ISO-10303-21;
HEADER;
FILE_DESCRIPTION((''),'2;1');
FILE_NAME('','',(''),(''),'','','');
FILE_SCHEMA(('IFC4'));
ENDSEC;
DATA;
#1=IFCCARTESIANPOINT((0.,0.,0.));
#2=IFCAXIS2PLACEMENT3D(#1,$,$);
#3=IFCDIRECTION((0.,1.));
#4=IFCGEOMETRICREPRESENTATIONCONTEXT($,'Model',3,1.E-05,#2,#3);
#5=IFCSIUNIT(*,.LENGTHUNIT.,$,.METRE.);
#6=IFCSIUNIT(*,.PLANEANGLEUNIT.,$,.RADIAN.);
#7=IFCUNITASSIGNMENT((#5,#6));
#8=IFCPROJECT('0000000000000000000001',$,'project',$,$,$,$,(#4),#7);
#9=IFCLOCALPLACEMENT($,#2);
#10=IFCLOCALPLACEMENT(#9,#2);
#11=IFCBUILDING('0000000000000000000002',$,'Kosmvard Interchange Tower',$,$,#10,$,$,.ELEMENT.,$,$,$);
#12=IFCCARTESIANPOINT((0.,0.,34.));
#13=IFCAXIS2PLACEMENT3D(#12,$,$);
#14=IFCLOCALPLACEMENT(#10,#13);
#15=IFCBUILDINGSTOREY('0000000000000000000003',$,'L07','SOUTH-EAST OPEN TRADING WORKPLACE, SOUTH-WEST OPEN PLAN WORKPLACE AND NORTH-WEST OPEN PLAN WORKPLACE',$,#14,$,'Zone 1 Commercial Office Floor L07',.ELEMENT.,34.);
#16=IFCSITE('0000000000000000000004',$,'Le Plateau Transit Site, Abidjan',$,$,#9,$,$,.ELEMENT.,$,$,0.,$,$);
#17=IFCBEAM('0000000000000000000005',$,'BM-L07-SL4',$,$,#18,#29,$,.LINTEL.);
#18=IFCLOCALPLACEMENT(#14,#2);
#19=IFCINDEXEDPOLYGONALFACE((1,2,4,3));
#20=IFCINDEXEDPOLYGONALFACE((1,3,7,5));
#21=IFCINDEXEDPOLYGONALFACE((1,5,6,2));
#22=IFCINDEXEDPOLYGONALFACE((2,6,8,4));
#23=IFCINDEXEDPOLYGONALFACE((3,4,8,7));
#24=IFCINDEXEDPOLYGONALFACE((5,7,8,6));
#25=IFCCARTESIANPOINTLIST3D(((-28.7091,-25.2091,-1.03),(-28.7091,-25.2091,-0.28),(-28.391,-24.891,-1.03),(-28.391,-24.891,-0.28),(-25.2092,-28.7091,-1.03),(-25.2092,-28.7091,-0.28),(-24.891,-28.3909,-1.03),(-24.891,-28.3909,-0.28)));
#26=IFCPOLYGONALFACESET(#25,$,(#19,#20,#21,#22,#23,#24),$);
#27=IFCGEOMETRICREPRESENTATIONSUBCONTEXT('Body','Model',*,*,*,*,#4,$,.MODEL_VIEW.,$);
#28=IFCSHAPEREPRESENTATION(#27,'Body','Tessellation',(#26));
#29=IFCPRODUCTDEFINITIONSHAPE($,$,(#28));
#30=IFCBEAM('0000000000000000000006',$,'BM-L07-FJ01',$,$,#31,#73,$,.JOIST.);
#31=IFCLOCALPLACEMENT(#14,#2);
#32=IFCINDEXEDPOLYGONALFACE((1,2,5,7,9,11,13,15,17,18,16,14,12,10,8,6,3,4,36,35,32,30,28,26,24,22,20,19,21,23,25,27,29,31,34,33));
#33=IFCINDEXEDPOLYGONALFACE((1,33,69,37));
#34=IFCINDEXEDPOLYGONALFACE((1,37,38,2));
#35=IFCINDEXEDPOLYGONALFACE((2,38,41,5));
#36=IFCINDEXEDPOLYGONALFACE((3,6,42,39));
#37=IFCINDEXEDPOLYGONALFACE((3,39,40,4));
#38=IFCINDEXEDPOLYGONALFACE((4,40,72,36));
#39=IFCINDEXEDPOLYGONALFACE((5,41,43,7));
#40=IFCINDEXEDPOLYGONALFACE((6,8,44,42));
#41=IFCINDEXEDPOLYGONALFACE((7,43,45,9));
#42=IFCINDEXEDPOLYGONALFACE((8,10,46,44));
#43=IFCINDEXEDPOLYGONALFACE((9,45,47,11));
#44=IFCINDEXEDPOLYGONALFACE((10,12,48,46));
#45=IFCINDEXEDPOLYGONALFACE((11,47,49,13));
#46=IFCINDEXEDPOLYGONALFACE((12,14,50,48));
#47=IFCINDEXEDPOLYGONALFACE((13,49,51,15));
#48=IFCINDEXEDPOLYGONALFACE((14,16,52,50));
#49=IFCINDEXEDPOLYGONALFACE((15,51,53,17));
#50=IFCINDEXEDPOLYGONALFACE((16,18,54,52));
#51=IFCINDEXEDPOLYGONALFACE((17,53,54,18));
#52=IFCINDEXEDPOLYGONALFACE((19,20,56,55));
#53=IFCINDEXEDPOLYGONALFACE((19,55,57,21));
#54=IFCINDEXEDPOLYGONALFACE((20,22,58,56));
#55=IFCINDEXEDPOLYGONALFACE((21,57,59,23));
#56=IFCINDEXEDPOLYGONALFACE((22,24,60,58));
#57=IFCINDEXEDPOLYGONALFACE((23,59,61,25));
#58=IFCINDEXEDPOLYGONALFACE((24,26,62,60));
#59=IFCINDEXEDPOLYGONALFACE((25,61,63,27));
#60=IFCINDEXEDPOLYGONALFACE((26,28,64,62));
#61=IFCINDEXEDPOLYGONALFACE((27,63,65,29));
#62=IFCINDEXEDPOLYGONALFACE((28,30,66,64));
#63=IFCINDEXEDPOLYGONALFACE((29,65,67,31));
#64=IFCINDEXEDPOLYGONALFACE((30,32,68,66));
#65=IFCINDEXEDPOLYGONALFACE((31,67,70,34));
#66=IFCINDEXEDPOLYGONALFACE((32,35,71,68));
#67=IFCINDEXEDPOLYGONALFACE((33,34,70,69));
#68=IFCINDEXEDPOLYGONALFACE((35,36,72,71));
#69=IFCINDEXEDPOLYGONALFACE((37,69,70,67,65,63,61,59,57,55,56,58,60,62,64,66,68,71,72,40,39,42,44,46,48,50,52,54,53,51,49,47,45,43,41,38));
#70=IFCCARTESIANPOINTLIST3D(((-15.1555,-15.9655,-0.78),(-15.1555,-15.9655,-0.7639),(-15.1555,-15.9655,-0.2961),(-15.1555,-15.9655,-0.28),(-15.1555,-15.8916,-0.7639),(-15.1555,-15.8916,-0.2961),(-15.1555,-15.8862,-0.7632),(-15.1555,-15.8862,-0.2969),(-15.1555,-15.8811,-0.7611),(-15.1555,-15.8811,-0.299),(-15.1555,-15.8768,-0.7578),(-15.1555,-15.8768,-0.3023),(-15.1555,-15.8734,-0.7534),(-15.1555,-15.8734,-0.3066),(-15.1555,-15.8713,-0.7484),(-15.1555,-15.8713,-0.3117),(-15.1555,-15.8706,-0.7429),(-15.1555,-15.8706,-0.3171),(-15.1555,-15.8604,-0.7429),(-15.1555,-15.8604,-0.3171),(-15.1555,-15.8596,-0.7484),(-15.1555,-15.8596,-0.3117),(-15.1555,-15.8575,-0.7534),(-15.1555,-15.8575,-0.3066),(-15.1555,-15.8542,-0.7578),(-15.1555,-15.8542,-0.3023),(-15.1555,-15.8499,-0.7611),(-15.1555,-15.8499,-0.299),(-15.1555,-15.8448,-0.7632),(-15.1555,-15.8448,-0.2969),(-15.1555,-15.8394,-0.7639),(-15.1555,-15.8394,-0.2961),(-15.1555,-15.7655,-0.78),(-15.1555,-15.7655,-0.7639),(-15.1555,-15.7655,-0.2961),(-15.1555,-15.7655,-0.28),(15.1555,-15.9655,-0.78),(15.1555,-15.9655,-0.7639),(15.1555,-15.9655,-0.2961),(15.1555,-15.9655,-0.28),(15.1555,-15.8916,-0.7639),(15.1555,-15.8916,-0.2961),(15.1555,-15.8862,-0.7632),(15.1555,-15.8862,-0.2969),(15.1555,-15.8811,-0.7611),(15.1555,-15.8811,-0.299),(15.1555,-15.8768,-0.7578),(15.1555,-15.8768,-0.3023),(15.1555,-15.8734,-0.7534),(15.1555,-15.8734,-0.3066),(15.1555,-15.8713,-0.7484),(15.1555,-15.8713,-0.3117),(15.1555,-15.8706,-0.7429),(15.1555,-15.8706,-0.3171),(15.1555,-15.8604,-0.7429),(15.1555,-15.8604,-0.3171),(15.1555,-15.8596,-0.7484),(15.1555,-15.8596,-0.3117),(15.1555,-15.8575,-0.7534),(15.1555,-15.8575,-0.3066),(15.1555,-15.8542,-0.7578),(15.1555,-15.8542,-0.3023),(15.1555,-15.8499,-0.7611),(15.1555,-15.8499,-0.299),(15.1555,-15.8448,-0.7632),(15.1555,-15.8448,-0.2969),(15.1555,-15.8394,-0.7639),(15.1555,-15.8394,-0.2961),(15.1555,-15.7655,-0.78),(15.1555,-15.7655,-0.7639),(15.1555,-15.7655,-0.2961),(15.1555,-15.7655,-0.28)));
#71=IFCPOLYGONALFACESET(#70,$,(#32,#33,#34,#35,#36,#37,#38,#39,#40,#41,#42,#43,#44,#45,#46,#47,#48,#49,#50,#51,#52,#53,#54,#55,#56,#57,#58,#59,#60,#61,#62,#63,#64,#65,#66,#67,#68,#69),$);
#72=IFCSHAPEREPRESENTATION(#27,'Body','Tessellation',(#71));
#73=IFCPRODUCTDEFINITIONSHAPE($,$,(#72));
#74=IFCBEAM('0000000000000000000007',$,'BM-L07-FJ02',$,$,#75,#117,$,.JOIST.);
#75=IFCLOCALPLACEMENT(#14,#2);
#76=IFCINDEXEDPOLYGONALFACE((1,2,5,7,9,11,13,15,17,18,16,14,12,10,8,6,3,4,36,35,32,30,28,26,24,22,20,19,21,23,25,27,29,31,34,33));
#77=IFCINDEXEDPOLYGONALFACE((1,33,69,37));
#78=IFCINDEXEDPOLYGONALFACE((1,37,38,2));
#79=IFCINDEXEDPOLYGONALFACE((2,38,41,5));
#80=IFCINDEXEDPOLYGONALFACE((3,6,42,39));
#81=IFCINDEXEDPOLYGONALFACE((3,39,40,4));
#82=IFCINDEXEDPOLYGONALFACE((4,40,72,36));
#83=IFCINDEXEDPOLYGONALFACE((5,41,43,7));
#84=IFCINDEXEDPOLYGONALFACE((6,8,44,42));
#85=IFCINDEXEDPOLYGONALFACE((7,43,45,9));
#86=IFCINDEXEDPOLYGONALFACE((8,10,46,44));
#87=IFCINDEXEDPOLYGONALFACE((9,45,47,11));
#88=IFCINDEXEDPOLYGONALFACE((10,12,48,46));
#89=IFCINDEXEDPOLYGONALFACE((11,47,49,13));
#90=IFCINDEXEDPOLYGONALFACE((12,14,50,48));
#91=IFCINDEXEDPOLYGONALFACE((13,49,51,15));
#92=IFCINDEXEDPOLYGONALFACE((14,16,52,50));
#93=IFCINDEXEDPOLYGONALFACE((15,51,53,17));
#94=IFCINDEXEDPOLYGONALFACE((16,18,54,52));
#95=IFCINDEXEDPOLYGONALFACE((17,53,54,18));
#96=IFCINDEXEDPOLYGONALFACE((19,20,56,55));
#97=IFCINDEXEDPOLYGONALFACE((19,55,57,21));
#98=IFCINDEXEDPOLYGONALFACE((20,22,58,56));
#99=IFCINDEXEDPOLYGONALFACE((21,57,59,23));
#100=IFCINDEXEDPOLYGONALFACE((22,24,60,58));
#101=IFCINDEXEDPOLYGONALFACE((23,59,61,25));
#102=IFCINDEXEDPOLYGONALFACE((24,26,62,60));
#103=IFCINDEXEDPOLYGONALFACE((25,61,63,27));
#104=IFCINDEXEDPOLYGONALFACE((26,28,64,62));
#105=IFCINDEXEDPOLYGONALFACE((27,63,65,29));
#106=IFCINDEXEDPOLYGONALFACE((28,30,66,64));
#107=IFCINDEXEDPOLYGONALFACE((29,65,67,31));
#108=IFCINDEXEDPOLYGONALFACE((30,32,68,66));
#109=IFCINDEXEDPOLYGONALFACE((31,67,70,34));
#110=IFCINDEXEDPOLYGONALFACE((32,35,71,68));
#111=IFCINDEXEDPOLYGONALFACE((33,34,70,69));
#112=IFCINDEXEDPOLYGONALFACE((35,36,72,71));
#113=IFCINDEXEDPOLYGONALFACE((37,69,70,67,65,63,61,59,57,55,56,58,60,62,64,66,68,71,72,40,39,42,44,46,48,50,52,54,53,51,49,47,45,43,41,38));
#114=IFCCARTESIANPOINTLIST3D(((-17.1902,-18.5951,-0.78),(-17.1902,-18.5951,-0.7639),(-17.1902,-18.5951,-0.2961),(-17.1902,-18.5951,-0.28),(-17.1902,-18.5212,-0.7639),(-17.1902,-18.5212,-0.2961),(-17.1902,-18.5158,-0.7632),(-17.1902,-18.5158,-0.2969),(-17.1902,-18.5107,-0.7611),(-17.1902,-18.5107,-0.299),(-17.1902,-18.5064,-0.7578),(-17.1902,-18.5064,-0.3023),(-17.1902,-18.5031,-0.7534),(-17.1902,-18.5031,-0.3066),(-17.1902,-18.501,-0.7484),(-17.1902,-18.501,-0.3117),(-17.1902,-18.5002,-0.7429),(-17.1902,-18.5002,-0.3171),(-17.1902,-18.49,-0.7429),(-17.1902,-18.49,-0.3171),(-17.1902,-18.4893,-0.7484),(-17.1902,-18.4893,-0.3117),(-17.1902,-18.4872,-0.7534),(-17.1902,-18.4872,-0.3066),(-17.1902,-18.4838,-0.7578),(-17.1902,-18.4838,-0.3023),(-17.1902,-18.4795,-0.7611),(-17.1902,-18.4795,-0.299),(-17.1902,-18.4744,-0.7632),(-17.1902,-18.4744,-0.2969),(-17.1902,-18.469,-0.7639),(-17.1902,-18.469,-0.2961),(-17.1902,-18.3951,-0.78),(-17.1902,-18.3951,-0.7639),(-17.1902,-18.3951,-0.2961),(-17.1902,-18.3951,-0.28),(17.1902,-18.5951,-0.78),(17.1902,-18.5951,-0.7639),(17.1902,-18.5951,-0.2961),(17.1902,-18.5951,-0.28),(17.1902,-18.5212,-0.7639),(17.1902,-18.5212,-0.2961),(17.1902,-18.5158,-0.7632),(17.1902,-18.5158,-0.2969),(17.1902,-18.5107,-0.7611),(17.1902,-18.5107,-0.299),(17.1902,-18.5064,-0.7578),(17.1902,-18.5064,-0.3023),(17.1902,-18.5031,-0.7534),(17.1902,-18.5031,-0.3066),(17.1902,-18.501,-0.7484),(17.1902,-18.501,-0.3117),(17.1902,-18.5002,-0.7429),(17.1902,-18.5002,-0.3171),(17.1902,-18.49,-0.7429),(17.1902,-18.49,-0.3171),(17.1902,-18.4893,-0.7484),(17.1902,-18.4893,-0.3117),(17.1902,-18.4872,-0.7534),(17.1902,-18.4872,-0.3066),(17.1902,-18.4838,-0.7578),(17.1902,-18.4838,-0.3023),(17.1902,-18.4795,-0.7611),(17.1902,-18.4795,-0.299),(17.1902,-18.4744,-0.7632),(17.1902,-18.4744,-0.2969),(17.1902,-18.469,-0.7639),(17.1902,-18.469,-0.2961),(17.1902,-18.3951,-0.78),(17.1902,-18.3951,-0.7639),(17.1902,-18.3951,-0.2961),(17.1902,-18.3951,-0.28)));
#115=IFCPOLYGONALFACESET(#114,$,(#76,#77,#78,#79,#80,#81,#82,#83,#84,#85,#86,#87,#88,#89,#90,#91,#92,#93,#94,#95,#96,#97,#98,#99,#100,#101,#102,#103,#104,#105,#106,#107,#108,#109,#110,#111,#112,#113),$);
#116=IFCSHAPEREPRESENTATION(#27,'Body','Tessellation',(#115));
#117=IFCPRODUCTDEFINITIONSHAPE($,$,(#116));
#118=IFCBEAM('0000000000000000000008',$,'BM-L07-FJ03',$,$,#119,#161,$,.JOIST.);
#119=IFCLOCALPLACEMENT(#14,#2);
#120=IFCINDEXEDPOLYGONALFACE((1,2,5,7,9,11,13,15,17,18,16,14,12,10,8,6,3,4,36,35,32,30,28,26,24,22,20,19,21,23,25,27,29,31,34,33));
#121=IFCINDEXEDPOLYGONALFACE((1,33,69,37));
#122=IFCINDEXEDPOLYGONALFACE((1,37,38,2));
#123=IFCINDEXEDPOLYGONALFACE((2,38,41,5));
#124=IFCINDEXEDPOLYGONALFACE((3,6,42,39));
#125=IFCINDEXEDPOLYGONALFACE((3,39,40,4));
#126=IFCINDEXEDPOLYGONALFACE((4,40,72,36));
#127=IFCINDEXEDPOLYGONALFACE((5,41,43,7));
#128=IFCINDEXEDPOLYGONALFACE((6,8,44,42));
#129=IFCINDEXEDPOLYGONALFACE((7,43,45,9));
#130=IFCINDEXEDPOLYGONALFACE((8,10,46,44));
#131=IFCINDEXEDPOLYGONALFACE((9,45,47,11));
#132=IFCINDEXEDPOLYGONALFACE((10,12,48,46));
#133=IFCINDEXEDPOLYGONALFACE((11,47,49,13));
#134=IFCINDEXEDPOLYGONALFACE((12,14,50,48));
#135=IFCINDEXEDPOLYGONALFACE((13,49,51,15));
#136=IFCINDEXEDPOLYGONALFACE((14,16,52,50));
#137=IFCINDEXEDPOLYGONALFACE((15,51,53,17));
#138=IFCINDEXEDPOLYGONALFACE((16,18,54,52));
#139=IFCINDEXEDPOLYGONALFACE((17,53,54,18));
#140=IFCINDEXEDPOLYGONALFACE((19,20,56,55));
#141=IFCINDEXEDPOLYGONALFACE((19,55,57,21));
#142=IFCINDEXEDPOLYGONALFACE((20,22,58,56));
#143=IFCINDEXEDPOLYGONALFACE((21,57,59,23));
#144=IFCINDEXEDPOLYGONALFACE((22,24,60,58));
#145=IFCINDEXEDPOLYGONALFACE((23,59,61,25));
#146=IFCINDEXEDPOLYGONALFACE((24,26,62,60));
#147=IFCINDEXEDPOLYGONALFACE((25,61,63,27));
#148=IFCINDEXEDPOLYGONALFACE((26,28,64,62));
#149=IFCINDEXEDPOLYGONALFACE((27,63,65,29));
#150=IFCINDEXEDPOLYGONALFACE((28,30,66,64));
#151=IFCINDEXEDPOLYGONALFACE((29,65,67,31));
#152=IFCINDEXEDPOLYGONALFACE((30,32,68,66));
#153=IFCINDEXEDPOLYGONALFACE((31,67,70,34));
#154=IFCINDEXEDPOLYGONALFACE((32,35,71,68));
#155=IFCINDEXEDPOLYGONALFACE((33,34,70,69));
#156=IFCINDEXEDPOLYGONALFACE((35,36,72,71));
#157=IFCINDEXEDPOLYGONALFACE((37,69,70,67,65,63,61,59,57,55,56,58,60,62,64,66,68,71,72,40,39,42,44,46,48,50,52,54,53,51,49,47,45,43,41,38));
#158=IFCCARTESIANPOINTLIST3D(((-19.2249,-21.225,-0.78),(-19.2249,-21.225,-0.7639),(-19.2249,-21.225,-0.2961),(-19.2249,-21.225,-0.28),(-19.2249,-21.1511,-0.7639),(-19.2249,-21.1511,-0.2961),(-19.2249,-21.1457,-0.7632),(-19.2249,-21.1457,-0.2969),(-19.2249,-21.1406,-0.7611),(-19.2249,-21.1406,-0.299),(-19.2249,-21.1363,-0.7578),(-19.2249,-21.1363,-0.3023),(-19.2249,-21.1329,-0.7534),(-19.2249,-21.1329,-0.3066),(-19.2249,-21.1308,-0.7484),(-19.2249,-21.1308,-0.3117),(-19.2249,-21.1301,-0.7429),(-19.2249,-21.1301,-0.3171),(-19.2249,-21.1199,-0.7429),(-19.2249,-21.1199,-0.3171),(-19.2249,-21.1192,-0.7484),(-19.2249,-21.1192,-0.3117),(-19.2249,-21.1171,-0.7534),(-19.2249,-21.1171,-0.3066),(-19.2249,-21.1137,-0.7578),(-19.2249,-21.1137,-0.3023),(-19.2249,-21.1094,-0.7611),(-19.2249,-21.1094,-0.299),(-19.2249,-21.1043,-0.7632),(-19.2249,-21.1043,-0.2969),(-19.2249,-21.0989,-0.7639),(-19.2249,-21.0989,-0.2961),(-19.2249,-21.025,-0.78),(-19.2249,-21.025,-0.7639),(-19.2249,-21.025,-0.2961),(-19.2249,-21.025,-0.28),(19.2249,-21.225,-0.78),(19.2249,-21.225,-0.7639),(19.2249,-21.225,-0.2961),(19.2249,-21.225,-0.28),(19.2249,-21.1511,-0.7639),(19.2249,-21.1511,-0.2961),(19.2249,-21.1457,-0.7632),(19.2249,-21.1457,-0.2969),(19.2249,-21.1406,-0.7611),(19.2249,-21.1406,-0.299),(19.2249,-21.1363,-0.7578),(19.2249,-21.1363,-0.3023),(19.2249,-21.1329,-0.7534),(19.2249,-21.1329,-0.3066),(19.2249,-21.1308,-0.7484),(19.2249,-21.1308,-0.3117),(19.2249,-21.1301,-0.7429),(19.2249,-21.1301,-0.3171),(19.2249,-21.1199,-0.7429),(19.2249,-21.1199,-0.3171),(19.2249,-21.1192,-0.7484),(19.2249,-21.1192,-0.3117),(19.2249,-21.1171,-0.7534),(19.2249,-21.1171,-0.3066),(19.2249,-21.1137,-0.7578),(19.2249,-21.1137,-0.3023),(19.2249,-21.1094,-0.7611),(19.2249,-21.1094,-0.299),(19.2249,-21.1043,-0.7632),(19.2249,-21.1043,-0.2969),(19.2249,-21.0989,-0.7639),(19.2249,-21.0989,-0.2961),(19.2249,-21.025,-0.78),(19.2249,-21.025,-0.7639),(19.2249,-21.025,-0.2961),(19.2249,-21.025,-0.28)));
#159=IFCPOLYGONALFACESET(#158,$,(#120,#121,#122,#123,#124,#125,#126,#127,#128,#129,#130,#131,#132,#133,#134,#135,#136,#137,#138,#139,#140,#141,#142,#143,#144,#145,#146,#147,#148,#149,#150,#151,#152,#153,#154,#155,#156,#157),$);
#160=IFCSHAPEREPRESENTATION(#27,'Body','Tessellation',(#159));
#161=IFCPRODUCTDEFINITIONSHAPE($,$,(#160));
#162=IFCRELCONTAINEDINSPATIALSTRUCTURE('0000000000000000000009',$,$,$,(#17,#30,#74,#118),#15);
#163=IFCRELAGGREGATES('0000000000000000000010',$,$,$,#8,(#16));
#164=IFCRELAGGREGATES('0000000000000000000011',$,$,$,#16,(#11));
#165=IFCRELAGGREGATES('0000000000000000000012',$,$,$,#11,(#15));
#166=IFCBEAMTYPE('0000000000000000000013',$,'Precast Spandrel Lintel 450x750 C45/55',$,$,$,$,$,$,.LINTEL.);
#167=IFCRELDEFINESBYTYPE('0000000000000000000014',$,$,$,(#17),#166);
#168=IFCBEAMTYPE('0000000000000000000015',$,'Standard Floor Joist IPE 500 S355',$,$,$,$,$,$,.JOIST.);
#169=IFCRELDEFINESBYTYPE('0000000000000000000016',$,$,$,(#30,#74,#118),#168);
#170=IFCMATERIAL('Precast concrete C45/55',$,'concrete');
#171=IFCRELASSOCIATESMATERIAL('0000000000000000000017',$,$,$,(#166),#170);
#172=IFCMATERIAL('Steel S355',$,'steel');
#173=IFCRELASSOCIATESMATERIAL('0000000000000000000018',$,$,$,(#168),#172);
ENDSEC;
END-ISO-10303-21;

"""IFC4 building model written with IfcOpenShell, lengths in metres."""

from ifc_helpers import new_model, si_unit, direction, frame, origin, origin_2d, place, context, subcontext, project, spatial, rectangle, i_section, extrude, source, transform, mapped, material, material_profile, profile_set, type_object, element, save


model = new_model("IFC4")

# Units and contexts
model_context = context("Model", 3, precision=1e-05, world=origin(), true_north=direction((0.0, 1.0)))
body_context = subcontext(model_context, "Body", "Model", "MODEL_VIEW")
ifc_project = project(units=[si_unit("LENGTHUNIT", "METRE"), si_unit("PLANEANGLEUNIT", "RADIAN")], contexts=[model_context])

# Site, building, storey
site_placement = place(None, origin())
site = spatial("IfcSite", under=ifc_project, at=site_placement, Name="Le Plateau Transit Site, Abidjan", CompositionType="ELEMENT", RefElevation=0.0)
building_placement = place(site_placement, origin())
building = spatial("IfcBuilding", under=site, at=building_placement, Name="Kosmvard Interchange Tower", CompositionType="ELEMENT")
storey_placement = place(building_placement, frame((0.0, 0.0, 34.0)))
storey = spatial("IfcBuildingStorey", under=building, at=storey_placement, Name="L07", Description="SOUTH-EAST OPEN TRADING WORKPLACE, SOUTH-WEST OPEN PLAN WORKPLACE AND NORTH-WEST OPEN PLAN WORKPLACE", LongName="Zone 1 Commercial Office Floor L07", CompositionType="ELEMENT", Elevation=34.0)

# Beams
ifc_material_1 = material(Name="Steel S355", Category="steel")
ifc_material_2 = material(Name="Precast concrete C45/55", Category="concrete")
ifc_material_profile_1 = material_profile(ifc_material_2, rectangle(XDim=0.45, YDim=0.75, at=origin_2d()), Name="SL 450x750")
ifc_profile_set_1 = profile_set([ifc_material_profile_1], Name="Precast concrete C45/55")
beam_type_1 = type_object("IfcBeamType", Name="Precast Spandrel Lintel 450x750 C45/55", PredefinedType="LINTEL", material=ifc_profile_set_1)
shared_shape_1 = source(origin(), body_context, "Body", "SweptSolid", [
    extrude(rectangle(XDim=0.45, YDim=0.75, at=origin_2d()), origin(), (0.0, 0.0, 1.0), 4.9497),
])
beam_1_placement = place(storey_placement, frame((-28.55, -25.05, -0.655), z_axis=(0.707107, -0.707107, 0.0), x_axis=(0.707107, 0.707107, 0.0)))
element("IfcBeam", 1, at=beam_1_placement, inside=storey, type_object=beam_type_1, Name="BM-L07-SL4", PredefinedType="LINTEL", context=body_context, shape_type="MappedRepresentation", body=[
    mapped(shared_shape_1, transform((0.0, 0.0, 0.0), scale=1.0)),
])
ifc_material_profile_2 = material_profile(ifc_material_1, i_section(OverallWidth=0.2, OverallDepth=0.5, WebThickness=0.0103, FlangeThickness=0.0161, FilletRadius=0.021, at=origin_2d()), Name="IPE 500")
ifc_profile_set_2 = profile_set([ifc_material_profile_2], Name="Steel S355")
beam_type_2 = type_object("IfcBeamType", Name="Standard Floor Joist IPE 500 S355", PredefinedType="JOIST", material=ifc_profile_set_2)
shared_shape_2 = source(origin(), body_context, "Body", "SweptSolid", [
    extrude(i_section(OverallWidth=0.2, OverallDepth=0.5, WebThickness=0.0103, FlangeThickness=0.0161, FilletRadius=0.021, at=origin_2d()), origin(), (0.0, 0.0, 1.0), 30.311),
])
beam_2_placement = place(storey_placement, frame((-15.1555, -15.8655, -0.53), z_axis=(1.0, 0.0, 0.0), x_axis=(0.0, 1.0, 0.0)))
element("IfcBeam", 2, at=beam_2_placement, inside=storey, type_object=beam_type_2, Name="BM-L07-FJ01", PredefinedType="JOIST", context=body_context, shape_type="MappedRepresentation", body=[
    mapped(shared_shape_2, transform((0.0, 0.0, 0.0), scale=1.0)),
])
shared_shape_3 = source(origin(), body_context, "Body", "SweptSolid", [
    extrude(i_section(OverallWidth=0.2, OverallDepth=0.5, WebThickness=0.0103, FlangeThickness=0.0161, FilletRadius=0.021, at=origin_2d()), origin(), (0.0, 0.0, 1.0), 34.3804),
])
beam_3_placement = place(storey_placement, frame((-17.1902, -18.4951, -0.53), z_axis=(1.0, 0.0, 0.0), x_axis=(0.0, 1.0, 0.0)))
element("IfcBeam", 3, at=beam_3_placement, inside=storey, type_object=beam_type_2, Name="BM-L07-FJ02", PredefinedType="JOIST", context=body_context, shape_type="MappedRepresentation", body=[
    mapped(shared_shape_3, transform((0.0, 0.0, 0.0), scale=1.0)),
])
shared_shape_4 = source(origin(), body_context, "Body", "SweptSolid", [
    extrude(i_section(OverallWidth=0.2, OverallDepth=0.5, WebThickness=0.0103, FlangeThickness=0.0161, FilletRadius=0.021, at=origin_2d()), origin(), (0.0, 0.0, 1.0), 38.4497),
])
beam_4_placement = place(storey_placement, frame((-19.2249, -21.125, -0.53), z_axis=(1.0, 0.0, 0.0), x_axis=(0.0, 1.0, 0.0)))
element("IfcBeam", 4, at=beam_4_placement, inside=storey, type_object=beam_type_2, Name="BM-L07-FJ03", PredefinedType="JOIST", context=body_context, shape_type="MappedRepresentation", body=[
    mapped(shared_shape_4, transform((0.0, 0.0, 0.0), scale=1.0)),
])

save(model, "model.ifc")
